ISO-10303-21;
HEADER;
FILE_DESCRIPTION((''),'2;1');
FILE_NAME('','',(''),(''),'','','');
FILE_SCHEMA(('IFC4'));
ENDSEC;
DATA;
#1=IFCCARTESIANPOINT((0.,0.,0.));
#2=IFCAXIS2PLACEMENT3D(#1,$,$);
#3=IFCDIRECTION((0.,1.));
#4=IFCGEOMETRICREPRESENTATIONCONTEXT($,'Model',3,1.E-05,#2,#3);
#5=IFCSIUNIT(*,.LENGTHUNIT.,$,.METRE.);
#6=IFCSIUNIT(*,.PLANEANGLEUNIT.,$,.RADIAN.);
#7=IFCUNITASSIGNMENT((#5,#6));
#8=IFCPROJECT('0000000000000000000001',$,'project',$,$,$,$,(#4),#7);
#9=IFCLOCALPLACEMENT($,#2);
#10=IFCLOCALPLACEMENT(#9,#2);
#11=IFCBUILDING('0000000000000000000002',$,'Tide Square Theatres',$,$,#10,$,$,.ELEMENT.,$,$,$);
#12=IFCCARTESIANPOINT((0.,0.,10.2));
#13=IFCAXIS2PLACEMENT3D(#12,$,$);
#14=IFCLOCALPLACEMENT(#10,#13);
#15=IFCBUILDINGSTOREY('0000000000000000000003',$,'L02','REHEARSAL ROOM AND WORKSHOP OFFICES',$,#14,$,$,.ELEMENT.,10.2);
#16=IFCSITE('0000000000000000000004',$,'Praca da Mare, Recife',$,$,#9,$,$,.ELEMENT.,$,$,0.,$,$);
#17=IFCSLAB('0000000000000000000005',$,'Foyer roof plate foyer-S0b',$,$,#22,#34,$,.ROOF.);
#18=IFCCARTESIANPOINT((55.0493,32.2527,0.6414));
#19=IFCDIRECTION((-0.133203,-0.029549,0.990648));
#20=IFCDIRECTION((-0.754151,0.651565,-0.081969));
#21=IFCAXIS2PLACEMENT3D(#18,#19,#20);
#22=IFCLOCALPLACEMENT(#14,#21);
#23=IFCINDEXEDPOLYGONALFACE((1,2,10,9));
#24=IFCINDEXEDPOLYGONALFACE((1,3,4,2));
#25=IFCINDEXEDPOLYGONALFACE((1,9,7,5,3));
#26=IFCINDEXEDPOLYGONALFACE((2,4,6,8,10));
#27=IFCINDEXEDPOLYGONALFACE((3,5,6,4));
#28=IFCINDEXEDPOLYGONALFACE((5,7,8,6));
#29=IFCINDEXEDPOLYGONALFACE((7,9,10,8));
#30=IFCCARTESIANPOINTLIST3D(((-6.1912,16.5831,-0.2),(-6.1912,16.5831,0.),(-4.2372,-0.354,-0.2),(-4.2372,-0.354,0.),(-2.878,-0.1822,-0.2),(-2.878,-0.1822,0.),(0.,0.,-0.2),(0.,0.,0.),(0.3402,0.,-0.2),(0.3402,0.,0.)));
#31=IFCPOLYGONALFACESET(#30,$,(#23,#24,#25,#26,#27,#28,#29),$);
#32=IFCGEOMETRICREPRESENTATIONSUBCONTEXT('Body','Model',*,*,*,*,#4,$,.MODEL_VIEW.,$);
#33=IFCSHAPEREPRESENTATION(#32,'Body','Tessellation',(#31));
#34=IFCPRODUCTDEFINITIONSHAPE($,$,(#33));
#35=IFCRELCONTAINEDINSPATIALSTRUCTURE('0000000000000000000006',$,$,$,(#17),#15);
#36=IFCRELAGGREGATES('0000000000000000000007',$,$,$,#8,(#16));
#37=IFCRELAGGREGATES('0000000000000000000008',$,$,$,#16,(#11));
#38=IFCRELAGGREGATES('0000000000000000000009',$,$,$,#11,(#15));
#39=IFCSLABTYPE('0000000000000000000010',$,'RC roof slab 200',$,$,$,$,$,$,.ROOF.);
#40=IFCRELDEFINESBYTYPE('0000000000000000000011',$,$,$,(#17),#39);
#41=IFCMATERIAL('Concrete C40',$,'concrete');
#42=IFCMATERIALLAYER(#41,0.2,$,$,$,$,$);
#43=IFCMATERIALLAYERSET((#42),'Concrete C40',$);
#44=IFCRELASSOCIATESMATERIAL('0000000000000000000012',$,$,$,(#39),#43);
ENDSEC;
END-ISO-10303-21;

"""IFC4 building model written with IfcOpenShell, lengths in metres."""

from ifc_helpers import new_model, si_unit, direction, frame, origin, place, context, subcontext, project, spatial, polyline, outline, extrude, material, layer, layer_set, type_object, element, save


model = new_model("IFC4")

# Units and contexts
model_context = context("Model", 3, precision=1e-05, world=origin(), true_north=direction((0.0, 1.0)))
body_context = subcontext(model_context, "Body", "Model", "MODEL_VIEW")
ifc_project = project(units=[si_unit("LENGTHUNIT", "METRE"), si_unit("PLANEANGLEUNIT", "RADIAN")], contexts=[model_context])

# Site, building, storey
site_placement = place(None, origin())
site = spatial("IfcSite", under=ifc_project, at=site_placement, Name="Praca da Mare, Recife", CompositionType="ELEMENT", RefElevation=0.0)
building_placement = place(site_placement, origin())
building = spatial("IfcBuilding", under=site, at=building_placement, Name="Tide Square Theatres", CompositionType="ELEMENT")
storey_placement = place(building_placement, frame((0.0, 0.0, 10.2)))
storey = spatial("IfcBuildingStorey", under=building, at=storey_placement, Name="L02", Description="REHEARSAL ROOM AND WORKSHOP OFFICES", CompositionType="ELEMENT", Elevation=10.2)

# Slab
ifc_material_1 = material(Name="Concrete C40", Category="concrete")
ifc_layer_1 = layer(ifc_material_1, 0.2)
ifc_layer_set_1 = layer_set([ifc_layer_1], Name="Concrete C40")
slab_type = type_object("IfcSlabType", Name="RC roof slab 200", PredefinedType="ROOF", material=ifc_layer_set_1)
slab_1_placement = place(storey_placement, frame((55.0493, 32.2527, 0.6414), z_axis=(-0.133203, -0.029549, 0.990648), x_axis=(-0.754151, 0.651565, -0.081969)))
element("IfcSlab", 1, at=slab_1_placement, inside=storey, type_object=slab_type, Name="Foyer roof plate foyer-S0b", PredefinedType="ROOF", context=body_context, shape_type="SweptSolid", body=[
    extrude(outline(polyline([(0.0, 0.0), (0.3402, 0.0), (-6.1912, 16.5831), (-4.2372, -0.354), (-2.878, -0.1822), (0.0, 0.0)])), origin(), (0.0, 0.0, -1.0), 0.2),
])

save(model, "model.ifc")
